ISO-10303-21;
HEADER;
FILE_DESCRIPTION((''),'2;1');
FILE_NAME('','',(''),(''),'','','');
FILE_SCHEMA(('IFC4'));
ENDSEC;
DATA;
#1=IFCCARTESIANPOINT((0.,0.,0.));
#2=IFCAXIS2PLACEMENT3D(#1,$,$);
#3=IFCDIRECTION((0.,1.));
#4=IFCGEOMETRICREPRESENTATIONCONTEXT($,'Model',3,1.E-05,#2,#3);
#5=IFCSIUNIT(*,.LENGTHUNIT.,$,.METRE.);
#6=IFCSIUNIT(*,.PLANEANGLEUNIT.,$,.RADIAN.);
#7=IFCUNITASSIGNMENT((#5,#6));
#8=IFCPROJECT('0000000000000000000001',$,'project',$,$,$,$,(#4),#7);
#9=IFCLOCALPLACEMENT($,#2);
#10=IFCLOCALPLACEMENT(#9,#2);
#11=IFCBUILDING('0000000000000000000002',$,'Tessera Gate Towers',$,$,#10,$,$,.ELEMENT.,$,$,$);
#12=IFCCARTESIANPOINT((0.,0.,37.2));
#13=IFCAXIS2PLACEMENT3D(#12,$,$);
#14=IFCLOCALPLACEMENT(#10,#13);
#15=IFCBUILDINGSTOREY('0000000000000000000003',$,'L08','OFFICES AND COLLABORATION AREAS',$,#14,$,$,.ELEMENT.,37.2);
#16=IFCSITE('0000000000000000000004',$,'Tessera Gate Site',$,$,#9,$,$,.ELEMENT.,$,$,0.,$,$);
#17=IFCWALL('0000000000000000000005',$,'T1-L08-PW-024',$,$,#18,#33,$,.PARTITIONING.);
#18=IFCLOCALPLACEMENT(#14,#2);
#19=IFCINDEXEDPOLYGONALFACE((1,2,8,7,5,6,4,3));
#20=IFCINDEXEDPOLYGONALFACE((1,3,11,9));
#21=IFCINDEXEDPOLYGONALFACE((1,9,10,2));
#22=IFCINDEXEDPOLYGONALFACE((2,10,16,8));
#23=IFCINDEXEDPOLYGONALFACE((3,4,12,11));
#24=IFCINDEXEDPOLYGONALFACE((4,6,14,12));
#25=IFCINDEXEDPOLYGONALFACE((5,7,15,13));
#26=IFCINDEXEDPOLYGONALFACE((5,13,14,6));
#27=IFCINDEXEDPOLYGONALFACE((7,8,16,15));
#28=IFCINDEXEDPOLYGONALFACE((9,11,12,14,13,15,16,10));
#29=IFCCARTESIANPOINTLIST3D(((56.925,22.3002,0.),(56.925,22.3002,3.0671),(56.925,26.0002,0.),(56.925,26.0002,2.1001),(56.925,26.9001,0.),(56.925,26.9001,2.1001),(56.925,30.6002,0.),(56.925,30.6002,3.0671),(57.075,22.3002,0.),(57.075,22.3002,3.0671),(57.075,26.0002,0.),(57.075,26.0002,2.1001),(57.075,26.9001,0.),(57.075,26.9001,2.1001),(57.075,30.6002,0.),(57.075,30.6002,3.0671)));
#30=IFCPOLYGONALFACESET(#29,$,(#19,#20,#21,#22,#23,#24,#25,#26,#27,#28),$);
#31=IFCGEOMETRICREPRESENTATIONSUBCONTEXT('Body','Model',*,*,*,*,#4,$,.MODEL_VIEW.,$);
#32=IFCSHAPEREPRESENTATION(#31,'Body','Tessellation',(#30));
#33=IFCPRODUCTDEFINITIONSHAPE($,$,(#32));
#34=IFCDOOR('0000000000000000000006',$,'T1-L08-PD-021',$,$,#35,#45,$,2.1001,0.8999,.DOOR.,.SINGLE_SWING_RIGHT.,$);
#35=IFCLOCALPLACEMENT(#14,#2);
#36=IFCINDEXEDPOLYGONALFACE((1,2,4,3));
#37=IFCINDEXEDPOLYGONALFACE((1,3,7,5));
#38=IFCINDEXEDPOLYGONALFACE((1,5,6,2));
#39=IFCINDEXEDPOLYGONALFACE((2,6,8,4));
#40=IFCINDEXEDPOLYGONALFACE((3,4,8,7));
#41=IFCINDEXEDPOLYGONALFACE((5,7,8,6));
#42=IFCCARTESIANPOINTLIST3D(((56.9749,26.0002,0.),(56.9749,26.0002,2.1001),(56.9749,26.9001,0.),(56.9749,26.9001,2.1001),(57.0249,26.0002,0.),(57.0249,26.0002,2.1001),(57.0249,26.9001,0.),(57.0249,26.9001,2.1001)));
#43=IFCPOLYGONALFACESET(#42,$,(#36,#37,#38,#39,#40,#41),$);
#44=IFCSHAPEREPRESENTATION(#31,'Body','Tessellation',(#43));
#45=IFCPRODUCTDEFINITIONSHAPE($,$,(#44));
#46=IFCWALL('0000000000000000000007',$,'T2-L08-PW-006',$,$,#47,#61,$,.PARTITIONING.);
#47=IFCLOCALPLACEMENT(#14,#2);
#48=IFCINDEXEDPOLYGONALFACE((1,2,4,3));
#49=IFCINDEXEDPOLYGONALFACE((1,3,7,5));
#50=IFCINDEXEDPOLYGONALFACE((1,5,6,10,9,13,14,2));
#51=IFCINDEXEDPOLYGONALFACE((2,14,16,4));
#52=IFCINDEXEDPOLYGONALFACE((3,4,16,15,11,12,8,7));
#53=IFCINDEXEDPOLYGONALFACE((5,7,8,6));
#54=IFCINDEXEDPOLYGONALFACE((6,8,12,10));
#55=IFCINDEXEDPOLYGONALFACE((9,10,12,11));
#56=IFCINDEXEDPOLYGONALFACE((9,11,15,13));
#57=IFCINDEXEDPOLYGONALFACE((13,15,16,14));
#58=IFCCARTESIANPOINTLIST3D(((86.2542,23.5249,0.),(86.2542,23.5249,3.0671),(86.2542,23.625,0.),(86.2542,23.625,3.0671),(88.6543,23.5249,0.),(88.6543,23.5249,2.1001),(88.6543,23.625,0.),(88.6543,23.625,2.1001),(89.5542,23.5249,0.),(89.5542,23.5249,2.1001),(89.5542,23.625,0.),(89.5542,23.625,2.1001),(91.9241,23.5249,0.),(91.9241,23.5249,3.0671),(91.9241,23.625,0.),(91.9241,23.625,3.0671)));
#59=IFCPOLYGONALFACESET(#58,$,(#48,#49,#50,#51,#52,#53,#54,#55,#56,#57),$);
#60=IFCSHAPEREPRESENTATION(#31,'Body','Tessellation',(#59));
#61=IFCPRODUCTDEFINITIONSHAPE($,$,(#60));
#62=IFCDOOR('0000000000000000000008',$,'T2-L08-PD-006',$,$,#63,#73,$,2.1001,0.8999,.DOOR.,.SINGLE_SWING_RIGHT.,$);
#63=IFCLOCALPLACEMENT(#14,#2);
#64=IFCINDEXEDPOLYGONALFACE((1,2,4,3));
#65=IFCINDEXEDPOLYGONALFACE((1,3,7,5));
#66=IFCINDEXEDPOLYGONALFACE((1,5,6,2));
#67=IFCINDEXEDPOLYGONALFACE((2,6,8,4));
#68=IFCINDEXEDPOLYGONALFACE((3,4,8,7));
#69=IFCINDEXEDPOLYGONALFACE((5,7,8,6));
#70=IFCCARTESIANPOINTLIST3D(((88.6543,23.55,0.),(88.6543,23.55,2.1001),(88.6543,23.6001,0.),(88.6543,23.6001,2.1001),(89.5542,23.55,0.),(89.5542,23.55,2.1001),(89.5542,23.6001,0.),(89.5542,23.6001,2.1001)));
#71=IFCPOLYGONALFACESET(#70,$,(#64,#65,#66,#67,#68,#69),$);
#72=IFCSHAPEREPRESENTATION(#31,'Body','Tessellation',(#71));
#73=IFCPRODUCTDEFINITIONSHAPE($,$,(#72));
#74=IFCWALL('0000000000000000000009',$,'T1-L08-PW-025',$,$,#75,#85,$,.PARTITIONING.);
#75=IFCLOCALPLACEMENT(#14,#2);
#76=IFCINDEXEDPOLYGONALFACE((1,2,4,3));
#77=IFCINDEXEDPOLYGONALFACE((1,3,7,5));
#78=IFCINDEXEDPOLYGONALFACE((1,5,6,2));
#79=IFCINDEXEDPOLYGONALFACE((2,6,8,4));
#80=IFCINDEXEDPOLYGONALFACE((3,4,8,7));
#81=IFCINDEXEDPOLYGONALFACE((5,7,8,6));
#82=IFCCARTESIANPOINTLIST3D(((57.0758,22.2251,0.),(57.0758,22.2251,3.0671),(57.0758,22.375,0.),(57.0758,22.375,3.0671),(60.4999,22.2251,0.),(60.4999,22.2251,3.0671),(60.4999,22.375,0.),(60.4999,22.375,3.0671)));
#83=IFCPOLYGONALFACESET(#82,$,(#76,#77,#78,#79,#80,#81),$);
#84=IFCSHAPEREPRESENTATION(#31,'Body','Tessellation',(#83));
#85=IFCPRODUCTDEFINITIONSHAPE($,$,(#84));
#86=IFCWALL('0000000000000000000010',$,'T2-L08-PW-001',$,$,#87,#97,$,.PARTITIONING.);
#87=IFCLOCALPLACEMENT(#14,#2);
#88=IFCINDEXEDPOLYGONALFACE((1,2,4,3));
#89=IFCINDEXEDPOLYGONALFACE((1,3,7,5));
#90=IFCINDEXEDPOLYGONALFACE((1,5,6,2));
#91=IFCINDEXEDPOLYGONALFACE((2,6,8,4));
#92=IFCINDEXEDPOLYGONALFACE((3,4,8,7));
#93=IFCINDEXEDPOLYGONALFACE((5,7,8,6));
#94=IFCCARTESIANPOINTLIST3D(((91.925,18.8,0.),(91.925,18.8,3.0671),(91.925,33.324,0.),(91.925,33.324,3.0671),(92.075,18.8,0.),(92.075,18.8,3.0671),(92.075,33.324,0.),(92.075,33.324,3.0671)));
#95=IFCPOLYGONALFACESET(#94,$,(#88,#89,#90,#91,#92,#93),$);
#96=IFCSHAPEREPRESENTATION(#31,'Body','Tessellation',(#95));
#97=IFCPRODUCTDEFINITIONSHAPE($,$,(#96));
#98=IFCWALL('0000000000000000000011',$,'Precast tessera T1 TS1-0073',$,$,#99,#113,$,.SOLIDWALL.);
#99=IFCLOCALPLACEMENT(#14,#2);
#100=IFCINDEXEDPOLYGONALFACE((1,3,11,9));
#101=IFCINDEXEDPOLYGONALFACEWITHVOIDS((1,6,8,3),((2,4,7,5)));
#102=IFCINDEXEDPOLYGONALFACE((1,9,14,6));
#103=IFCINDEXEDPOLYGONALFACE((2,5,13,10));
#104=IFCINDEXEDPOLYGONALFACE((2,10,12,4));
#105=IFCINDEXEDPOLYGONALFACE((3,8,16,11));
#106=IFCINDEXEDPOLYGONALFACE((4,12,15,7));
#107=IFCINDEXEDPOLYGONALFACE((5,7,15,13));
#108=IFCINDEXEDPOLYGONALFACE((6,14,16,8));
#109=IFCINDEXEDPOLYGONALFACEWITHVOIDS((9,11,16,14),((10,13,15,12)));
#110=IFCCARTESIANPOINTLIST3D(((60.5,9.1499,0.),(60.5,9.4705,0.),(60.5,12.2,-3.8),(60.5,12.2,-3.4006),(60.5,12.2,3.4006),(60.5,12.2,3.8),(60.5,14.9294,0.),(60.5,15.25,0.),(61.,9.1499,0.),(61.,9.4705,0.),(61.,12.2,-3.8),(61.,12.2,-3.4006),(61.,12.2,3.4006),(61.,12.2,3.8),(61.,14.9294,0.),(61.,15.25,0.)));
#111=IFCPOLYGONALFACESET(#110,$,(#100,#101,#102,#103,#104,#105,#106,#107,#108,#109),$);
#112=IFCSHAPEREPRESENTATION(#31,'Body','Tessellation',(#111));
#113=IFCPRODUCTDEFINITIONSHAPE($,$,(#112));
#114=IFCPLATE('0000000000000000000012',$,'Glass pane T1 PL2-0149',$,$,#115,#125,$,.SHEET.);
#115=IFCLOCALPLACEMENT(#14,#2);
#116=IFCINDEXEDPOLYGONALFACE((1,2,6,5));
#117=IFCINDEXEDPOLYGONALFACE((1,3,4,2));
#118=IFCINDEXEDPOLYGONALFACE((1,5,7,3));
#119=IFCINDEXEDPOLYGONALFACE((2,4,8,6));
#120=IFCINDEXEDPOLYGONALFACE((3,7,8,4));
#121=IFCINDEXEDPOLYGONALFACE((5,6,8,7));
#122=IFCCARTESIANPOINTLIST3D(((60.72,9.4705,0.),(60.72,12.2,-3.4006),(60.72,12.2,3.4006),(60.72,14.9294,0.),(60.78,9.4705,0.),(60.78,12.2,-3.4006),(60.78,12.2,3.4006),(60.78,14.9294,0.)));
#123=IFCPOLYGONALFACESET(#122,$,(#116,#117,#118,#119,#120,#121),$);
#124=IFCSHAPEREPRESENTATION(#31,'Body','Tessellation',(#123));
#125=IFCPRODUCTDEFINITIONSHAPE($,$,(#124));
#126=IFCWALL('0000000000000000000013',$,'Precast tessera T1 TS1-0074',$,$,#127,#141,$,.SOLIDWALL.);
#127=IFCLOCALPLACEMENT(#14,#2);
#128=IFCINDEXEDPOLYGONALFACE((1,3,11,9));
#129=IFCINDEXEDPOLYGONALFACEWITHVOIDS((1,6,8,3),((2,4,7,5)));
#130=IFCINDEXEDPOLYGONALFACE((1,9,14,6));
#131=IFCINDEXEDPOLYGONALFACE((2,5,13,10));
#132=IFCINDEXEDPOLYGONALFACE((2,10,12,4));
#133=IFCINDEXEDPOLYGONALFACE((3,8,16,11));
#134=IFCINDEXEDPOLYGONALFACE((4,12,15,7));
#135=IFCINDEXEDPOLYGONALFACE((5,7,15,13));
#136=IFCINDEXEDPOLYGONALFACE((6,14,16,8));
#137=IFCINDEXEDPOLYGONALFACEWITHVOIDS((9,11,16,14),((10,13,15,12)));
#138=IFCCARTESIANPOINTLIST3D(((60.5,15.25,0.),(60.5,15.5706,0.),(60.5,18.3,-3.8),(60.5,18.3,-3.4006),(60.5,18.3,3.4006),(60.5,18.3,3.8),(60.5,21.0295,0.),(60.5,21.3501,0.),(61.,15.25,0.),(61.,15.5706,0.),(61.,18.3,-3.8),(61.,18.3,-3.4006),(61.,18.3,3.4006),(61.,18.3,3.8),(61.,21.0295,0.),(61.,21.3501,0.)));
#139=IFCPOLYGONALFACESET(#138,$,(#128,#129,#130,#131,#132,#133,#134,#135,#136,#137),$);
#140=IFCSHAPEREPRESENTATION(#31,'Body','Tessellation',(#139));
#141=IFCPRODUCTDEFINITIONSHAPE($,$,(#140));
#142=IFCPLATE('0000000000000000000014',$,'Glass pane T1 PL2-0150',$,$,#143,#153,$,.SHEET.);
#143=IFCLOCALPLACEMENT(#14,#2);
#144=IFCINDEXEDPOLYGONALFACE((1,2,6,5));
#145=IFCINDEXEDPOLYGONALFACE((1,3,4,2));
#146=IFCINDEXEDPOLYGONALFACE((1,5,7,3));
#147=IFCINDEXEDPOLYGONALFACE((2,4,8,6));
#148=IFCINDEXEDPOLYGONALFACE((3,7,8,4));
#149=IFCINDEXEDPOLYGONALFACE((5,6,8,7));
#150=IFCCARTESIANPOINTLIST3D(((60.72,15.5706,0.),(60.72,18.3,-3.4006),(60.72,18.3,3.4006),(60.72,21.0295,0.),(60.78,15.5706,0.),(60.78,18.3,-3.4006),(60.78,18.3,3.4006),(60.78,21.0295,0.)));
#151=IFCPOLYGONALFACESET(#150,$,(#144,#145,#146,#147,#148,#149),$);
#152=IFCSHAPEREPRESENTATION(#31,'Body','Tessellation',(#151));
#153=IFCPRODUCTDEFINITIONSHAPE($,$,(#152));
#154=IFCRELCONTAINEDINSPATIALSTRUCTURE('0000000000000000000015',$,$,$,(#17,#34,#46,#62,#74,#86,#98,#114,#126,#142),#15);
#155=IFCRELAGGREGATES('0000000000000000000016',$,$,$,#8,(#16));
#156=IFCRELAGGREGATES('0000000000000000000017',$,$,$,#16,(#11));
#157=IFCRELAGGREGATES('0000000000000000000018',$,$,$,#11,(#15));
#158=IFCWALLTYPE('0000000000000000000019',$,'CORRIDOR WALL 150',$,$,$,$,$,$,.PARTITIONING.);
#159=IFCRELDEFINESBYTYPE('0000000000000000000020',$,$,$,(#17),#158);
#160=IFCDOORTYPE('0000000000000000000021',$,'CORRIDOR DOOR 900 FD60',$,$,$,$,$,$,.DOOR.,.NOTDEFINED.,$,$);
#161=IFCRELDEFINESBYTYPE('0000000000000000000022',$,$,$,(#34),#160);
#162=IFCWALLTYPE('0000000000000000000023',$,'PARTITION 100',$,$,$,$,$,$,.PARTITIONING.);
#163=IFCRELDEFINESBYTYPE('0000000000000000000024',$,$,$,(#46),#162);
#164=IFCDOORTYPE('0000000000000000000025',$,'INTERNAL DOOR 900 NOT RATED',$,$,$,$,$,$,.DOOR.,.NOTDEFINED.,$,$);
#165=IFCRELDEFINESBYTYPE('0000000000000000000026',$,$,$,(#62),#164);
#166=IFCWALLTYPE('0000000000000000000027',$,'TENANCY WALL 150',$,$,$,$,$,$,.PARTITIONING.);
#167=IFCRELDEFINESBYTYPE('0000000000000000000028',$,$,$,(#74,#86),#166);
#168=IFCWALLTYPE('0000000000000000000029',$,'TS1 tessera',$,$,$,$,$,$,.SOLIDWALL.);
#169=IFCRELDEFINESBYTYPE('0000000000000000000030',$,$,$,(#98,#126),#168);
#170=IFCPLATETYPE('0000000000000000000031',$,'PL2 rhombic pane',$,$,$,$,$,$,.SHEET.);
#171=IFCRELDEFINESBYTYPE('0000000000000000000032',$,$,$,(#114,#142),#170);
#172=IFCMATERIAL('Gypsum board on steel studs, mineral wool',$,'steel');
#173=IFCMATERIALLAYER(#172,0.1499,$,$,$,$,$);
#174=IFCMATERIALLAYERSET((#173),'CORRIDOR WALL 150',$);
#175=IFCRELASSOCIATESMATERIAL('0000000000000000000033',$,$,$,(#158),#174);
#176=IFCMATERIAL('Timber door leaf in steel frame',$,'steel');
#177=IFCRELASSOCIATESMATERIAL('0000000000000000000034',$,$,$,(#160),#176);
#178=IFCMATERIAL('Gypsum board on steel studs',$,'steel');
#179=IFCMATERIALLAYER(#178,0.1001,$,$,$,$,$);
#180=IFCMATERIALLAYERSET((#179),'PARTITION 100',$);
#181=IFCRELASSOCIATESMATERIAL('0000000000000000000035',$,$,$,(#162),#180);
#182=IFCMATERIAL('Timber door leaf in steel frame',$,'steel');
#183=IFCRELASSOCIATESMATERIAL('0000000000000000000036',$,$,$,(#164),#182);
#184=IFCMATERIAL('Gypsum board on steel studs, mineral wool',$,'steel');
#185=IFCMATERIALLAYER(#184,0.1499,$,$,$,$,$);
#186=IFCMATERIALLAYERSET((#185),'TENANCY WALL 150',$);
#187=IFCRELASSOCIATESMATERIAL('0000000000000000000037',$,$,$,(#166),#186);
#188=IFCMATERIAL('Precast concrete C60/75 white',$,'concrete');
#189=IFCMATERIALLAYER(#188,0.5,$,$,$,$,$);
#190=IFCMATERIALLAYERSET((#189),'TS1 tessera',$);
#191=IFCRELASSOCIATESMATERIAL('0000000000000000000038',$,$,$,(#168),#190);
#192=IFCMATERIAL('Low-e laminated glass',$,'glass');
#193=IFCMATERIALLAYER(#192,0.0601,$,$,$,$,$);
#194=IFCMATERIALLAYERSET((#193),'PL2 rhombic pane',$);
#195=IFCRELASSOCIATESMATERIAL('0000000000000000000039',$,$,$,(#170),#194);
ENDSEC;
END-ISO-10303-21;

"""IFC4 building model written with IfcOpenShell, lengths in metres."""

from ifc_helpers import new_model, si_unit, direction, frame, frame_2d, origin, place, context, subcontext, project, spatial, polyline, rectangle, outline, extrude, source, transform, mapped, material, layer, layer_set, type_object, element, fill, save


model = new_model("IFC4")

# Units and contexts
model_context = context("Model", 3, precision=1e-05, world=origin(), true_north=direction((0.0, 1.0)))
body_context = subcontext(model_context, "Body", "Model", "MODEL_VIEW")
ifc_project = project(units=[si_unit("LENGTHUNIT", "METRE"), si_unit("PLANEANGLEUNIT", "RADIAN")], contexts=[model_context])

# Site, building, storey
site_placement = place(None, origin())
site = spatial("IfcSite", under=ifc_project, at=site_placement, Name="Tessera Gate Site", CompositionType="ELEMENT", RefElevation=0.0)
building_placement = place(site_placement, origin())
building = spatial("IfcBuilding", under=site, at=building_placement, Name="Tessera Gate Towers", CompositionType="ELEMENT")
storey_placement = place(building_placement, frame((0.0, 0.0, 37.2)))
storey = spatial("IfcBuildingStorey", under=building, at=storey_placement, Name="L08", Description="OFFICES AND COLLABORATION AREAS", CompositionType="ELEMENT", Elevation=37.2)

# Shared definitions
ifc_material_1 = material(Name="Gypsum board on steel studs, mineral wool", Category="steel")
ifc_layer_1 = layer(ifc_material_1, 0.1499)
ifc_layer_set_1 = layer_set([ifc_layer_1], Name="CORRIDOR WALL 150")
wall_type_1 = type_object("IfcWallType", Name="CORRIDOR WALL 150", PredefinedType="PARTITIONING", material=ifc_layer_set_1)

# Walls, openings, doors
wall_1_placement = place(storey_placement, frame((57.0, 30.6001, 0.0), z_axis=(0.0, 0.0, 1.0), x_axis=(0.0, -1.0, 0.0)))
wall_1 = element("IfcWall", 1, at=wall_1_placement, inside=storey, type_object=wall_type_1, Name="T1-L08-PW-024", PredefinedType="PARTITIONING", context=body_context, shape_type="SweptSolid", body=[
    extrude(rectangle(XDim=8.3, YDim=0.1499, at=frame_2d((4.1499, 0.0))), origin(), (0.0, 0.0, 1.0), 3.0671),
])
shared_shape_1 = source(origin(), body_context, "Body", "SweptSolid", [
    extrude(rectangle(XDim=0.8999, YDim=2.1001, at=frame_2d((0.45, 1.05))), frame((0.0, 0.085, 0.0), z_axis=(0.0, -1.0, 0.0), x_axis=(1.0, 0.0, 0.0)), (0.0, 0.0, 1.0), 0.1699),
])
opening_1_placement = place(wall_1_placement, frame((3.7, 0.0, 0.0)))
opening_1 = element("IfcOpeningElement", 2, at=opening_1_placement, cuts=wall_1, PredefinedType="OPENING", context=body_context, shape_type="MappedRepresentation", body=[
    mapped(shared_shape_1, transform((0.0, 0.0, 0.0), scale=1.0)),
])
ifc_material_2 = material(Name="Timber door leaf in steel frame", Category="steel")
door_type_1 = type_object("IfcDoorType", Name="CORRIDOR DOOR 900 FD60", OperationType="NOTDEFINED", PredefinedType="DOOR", material=ifc_material_2)
shared_shape_2 = source(origin(), body_context, "Body", "SweptSolid", [
    extrude(rectangle(XDim=0.8999, YDim=2.1001, at=frame_2d((0.45, 1.05))), frame((0.0, 0.0249, 0.0), z_axis=(0.0, -1.0, 0.0), x_axis=(1.0, 0.0, 0.0)), (0.0, 0.0, 1.0), 0.05),
])
door_1_placement = place(opening_1_placement, origin())
door_1 = element("IfcDoor", 3, at=door_1_placement, inside=storey, type_object=door_type_1, Name="T1-L08-PD-021", OperationType="SINGLE_SWING_RIGHT", OverallHeight=2.1001, OverallWidth=0.8999, PredefinedType="DOOR", context=body_context, shape_type="MappedRepresentation", body=[
    mapped(shared_shape_2, transform((0.0, 0.0, 0.0), scale=1.0)),
])
fill(opening_1, door_1)
ifc_material_3 = material(Name="Gypsum board on steel studs", Category="steel")
ifc_layer_2 = layer(ifc_material_3, 0.1001)
ifc_layer_set_2 = layer_set([ifc_layer_2], Name="PARTITION 100")
wall_type_2 = type_object("IfcWallType", Name="PARTITION 100", PredefinedType="PARTITIONING", material=ifc_layer_set_2)
wall_2_placement = place(storey_placement, frame((91.9241, 23.575, 0.0), z_axis=(0.0, 0.0, 1.0), x_axis=(-1.0, 0.0, 0.0)))
wall_2 = element("IfcWall", 4, at=wall_2_placement, inside=storey, type_object=wall_type_2, Name="T2-L08-PW-006", PredefinedType="PARTITIONING", context=body_context, shape_type="SweptSolid", body=[
    extrude(rectangle(XDim=5.6699, YDim=0.1001, at=frame_2d((2.835, 0.0))), origin(), (0.0, 0.0, 1.0), 3.0671),
])
shared_shape_3 = source(origin(), body_context, "Body", "SweptSolid", [
    extrude(rectangle(XDim=0.8999, YDim=2.1001, at=frame_2d((0.45, 1.05))), frame((0.0, 0.0601, 0.0), z_axis=(0.0, -1.0, 0.0), x_axis=(1.0, 0.0, 0.0)), (0.0, 0.0, 1.0), 0.1201),
])
opening_2_placement = place(wall_2_placement, frame((2.3699, 0.0, 0.0)))
opening_2 = element("IfcOpeningElement", 5, at=opening_2_placement, cuts=wall_2, PredefinedType="OPENING", context=body_context, shape_type="MappedRepresentation", body=[
    mapped(shared_shape_3, transform((0.0, 0.0, 0.0), scale=1.0)),
])
ifc_material_4 = material(Name="Timber door leaf in steel frame", Category="steel")
door_type_2 = type_object("IfcDoorType", Name="INTERNAL DOOR 900 NOT RATED", OperationType="NOTDEFINED", PredefinedType="DOOR", material=ifc_material_4)
door_2_placement = place(opening_2_placement, origin())
door_2 = element("IfcDoor", 6, at=door_2_placement, inside=storey, type_object=door_type_2, Name="T2-L08-PD-006", OperationType="SINGLE_SWING_RIGHT", OverallHeight=2.1001, OverallWidth=0.8999, PredefinedType="DOOR", context=body_context, shape_type="MappedRepresentation", body=[
    mapped(shared_shape_2, transform((0.0, 0.0, 0.0), scale=1.0)),
])
fill(opening_2, door_2)

# Walls
ifc_material_5 = material(Name="Gypsum board on steel studs, mineral wool", Category="steel")
ifc_layer_3 = layer(ifc_material_5, 0.1499)
ifc_layer_set_3 = layer_set([ifc_layer_3], Name="TENANCY WALL 150")
wall_type_3 = type_object("IfcWallType", Name="TENANCY WALL 150", PredefinedType="PARTITIONING", material=ifc_layer_set_3)
wall_3_placement = place(storey_placement, frame((57.0759, 22.3, 0.0), z_axis=(0.0, 0.0, 1.0), x_axis=(1.0, 0.0, 0.0)))
element("IfcWall", 7, at=wall_3_placement, inside=storey, type_object=wall_type_3, Name="T1-L08-PW-025", PredefinedType="PARTITIONING", context=body_context, shape_type="SweptSolid", body=[
    extrude(rectangle(XDim=3.4241, YDim=0.1499, at=frame_2d((1.7119, 0.0))), origin(), (0.0, 0.0, 1.0), 3.0671),
])
wall_4_placement = place(storey_placement, frame((92.0, 18.8, 0.0), z_axis=(0.0, 0.0, 1.0), x_axis=(0.0, 1.0, 0.0)))
element("IfcWall", 8, at=wall_4_placement, inside=storey, type_object=wall_type_3, Name="T2-L08-PW-001", PredefinedType="PARTITIONING", context=body_context, shape_type="SweptSolid", body=[
    extrude(rectangle(XDim=14.5239, YDim=0.1499, at=frame_2d((7.262, 0.0))), origin(), (0.0, 0.0, 1.0), 3.0671),
])

# Walls, openings, plates
ifc_material_6 = material(Name="Precast concrete C60/75 white", Category="concrete")
ifc_layer_4 = layer(ifc_material_6, 0.5)
ifc_layer_set_4 = layer_set([ifc_layer_4], Name="TS1 tessera")
wall_type_4 = type_object("IfcWallType", Name="TS1 tessera", PredefinedType="SOLIDWALL", material=ifc_layer_set_4)
shared_shape_4 = source(origin(), body_context, "Body", "SweptSolid", [
    extrude(outline(polyline([(3.05, 0.0), (6.1001, 3.8), (3.05, 7.6001), (0.0, 3.8), (3.05, 0.0)])), frame((0.0, 0.25, 0.0), z_axis=(0.0, -1.0, 0.0), x_axis=(1.0, 0.0, 0.0)), (0.0, 0.0, 1.0), 0.5),
])
wall_5_placement = place(storey_placement, frame((60.75, 9.1499, -3.8), z_axis=(0.0, 0.0, 1.0), x_axis=(0.0, 1.0, 0.0)))
wall_5 = element("IfcWall", 9, at=wall_5_placement, inside=storey, type_object=wall_type_4, Name="Precast tessera T1 TS1-0073", PredefinedType="SOLIDWALL", context=body_context, shape_type="MappedRepresentation", body=[
    mapped(shared_shape_4, transform((0.0, 0.0, 0.0), scale=1.0)),
])
shared_shape_5 = source(origin(), body_context, "Body", "SweptSolid", [
    extrude(outline(polyline([(3.05, 0.3994), (5.7795, 3.8), (3.05, 7.2007), (0.3206, 3.8), (3.05, 0.3994)])), frame((0.0, 0.26, 0.0), z_axis=(0.0, -1.0, 0.0), x_axis=(1.0, 0.0, 0.0)), (0.0, 0.0, 1.0), 0.52),
])
opening_3_placement = place(wall_5_placement, origin())
opening_3 = element("IfcOpeningElement", 10, at=opening_3_placement, cuts=wall_5, PredefinedType="OPENING", context=body_context, shape_type="MappedRepresentation", body=[
    mapped(shared_shape_5, transform((0.0, 0.0, 0.0), scale=1.0)),
])
ifc_material_7 = material(Name="Low-e laminated glass", Category="glass")
ifc_layer_5 = layer(ifc_material_7, 0.0601)
ifc_layer_set_5 = layer_set([ifc_layer_5], Name="PL2 rhombic pane")
plate_type = type_object("IfcPlateType", Name="PL2 rhombic pane", PredefinedType="SHEET", material=ifc_layer_set_5)
shared_shape_6 = source(origin(), body_context, "Body", "SweptSolid", [
    extrude(outline(polyline([(3.05, 0.3994), (5.7795, 3.8), (3.05, 7.2007), (0.3206, 3.8), (3.05, 0.3994)])), frame((0.0, 0.03, 0.0), z_axis=(0.0, -1.0, 0.0), x_axis=(1.0, 0.0, 0.0)), (0.0, 0.0, 1.0), 0.0601),
])
plate_1_placement = place(opening_3_placement, origin())
plate_1 = element("IfcPlate", 11, at=plate_1_placement, inside=storey, type_object=plate_type, Name="Glass pane T1 PL2-0149", PredefinedType="SHEET", context=body_context, shape_type="MappedRepresentation", body=[
    mapped(shared_shape_6, transform((0.0, 0.0, 0.0), scale=1.0)),
])
fill(opening_3, plate_1)
wall_6_placement = place(storey_placement, frame((60.75, 15.25, -3.8), z_axis=(0.0, 0.0, 1.0), x_axis=(0.0, 1.0, 0.0)))
wall_6 = element("IfcWall", 12, at=wall_6_placement, inside=storey, type_object=wall_type_4, Name="Precast tessera T1 TS1-0074", PredefinedType="SOLIDWALL", context=body_context, shape_type="MappedRepresentation", body=[
    mapped(shared_shape_4, transform((0.0, 0.0, 0.0), scale=1.0)),
])
opening_4_placement = place(wall_6_placement, origin())
opening_4 = element("IfcOpeningElement", 13, at=opening_4_placement, cuts=wall_6, PredefinedType="OPENING", context=body_context, shape_type="MappedRepresentation", body=[
    mapped(shared_shape_5, transform((0.0, 0.0, 0.0), scale=1.0)),
])
plate_2_placement = place(opening_4_placement, origin())
plate_2 = element("IfcPlate", 14, at=plate_2_placement, inside=storey, type_object=plate_type, Name="Glass pane T1 PL2-0150", PredefinedType="SHEET", context=body_context, shape_type="MappedRepresentation", body=[
    mapped(shared_shape_6, transform((0.0, 0.0, 0.0), scale=1.0)),
])
fill(opening_4, plate_2)

save(model, "model.ifc")
